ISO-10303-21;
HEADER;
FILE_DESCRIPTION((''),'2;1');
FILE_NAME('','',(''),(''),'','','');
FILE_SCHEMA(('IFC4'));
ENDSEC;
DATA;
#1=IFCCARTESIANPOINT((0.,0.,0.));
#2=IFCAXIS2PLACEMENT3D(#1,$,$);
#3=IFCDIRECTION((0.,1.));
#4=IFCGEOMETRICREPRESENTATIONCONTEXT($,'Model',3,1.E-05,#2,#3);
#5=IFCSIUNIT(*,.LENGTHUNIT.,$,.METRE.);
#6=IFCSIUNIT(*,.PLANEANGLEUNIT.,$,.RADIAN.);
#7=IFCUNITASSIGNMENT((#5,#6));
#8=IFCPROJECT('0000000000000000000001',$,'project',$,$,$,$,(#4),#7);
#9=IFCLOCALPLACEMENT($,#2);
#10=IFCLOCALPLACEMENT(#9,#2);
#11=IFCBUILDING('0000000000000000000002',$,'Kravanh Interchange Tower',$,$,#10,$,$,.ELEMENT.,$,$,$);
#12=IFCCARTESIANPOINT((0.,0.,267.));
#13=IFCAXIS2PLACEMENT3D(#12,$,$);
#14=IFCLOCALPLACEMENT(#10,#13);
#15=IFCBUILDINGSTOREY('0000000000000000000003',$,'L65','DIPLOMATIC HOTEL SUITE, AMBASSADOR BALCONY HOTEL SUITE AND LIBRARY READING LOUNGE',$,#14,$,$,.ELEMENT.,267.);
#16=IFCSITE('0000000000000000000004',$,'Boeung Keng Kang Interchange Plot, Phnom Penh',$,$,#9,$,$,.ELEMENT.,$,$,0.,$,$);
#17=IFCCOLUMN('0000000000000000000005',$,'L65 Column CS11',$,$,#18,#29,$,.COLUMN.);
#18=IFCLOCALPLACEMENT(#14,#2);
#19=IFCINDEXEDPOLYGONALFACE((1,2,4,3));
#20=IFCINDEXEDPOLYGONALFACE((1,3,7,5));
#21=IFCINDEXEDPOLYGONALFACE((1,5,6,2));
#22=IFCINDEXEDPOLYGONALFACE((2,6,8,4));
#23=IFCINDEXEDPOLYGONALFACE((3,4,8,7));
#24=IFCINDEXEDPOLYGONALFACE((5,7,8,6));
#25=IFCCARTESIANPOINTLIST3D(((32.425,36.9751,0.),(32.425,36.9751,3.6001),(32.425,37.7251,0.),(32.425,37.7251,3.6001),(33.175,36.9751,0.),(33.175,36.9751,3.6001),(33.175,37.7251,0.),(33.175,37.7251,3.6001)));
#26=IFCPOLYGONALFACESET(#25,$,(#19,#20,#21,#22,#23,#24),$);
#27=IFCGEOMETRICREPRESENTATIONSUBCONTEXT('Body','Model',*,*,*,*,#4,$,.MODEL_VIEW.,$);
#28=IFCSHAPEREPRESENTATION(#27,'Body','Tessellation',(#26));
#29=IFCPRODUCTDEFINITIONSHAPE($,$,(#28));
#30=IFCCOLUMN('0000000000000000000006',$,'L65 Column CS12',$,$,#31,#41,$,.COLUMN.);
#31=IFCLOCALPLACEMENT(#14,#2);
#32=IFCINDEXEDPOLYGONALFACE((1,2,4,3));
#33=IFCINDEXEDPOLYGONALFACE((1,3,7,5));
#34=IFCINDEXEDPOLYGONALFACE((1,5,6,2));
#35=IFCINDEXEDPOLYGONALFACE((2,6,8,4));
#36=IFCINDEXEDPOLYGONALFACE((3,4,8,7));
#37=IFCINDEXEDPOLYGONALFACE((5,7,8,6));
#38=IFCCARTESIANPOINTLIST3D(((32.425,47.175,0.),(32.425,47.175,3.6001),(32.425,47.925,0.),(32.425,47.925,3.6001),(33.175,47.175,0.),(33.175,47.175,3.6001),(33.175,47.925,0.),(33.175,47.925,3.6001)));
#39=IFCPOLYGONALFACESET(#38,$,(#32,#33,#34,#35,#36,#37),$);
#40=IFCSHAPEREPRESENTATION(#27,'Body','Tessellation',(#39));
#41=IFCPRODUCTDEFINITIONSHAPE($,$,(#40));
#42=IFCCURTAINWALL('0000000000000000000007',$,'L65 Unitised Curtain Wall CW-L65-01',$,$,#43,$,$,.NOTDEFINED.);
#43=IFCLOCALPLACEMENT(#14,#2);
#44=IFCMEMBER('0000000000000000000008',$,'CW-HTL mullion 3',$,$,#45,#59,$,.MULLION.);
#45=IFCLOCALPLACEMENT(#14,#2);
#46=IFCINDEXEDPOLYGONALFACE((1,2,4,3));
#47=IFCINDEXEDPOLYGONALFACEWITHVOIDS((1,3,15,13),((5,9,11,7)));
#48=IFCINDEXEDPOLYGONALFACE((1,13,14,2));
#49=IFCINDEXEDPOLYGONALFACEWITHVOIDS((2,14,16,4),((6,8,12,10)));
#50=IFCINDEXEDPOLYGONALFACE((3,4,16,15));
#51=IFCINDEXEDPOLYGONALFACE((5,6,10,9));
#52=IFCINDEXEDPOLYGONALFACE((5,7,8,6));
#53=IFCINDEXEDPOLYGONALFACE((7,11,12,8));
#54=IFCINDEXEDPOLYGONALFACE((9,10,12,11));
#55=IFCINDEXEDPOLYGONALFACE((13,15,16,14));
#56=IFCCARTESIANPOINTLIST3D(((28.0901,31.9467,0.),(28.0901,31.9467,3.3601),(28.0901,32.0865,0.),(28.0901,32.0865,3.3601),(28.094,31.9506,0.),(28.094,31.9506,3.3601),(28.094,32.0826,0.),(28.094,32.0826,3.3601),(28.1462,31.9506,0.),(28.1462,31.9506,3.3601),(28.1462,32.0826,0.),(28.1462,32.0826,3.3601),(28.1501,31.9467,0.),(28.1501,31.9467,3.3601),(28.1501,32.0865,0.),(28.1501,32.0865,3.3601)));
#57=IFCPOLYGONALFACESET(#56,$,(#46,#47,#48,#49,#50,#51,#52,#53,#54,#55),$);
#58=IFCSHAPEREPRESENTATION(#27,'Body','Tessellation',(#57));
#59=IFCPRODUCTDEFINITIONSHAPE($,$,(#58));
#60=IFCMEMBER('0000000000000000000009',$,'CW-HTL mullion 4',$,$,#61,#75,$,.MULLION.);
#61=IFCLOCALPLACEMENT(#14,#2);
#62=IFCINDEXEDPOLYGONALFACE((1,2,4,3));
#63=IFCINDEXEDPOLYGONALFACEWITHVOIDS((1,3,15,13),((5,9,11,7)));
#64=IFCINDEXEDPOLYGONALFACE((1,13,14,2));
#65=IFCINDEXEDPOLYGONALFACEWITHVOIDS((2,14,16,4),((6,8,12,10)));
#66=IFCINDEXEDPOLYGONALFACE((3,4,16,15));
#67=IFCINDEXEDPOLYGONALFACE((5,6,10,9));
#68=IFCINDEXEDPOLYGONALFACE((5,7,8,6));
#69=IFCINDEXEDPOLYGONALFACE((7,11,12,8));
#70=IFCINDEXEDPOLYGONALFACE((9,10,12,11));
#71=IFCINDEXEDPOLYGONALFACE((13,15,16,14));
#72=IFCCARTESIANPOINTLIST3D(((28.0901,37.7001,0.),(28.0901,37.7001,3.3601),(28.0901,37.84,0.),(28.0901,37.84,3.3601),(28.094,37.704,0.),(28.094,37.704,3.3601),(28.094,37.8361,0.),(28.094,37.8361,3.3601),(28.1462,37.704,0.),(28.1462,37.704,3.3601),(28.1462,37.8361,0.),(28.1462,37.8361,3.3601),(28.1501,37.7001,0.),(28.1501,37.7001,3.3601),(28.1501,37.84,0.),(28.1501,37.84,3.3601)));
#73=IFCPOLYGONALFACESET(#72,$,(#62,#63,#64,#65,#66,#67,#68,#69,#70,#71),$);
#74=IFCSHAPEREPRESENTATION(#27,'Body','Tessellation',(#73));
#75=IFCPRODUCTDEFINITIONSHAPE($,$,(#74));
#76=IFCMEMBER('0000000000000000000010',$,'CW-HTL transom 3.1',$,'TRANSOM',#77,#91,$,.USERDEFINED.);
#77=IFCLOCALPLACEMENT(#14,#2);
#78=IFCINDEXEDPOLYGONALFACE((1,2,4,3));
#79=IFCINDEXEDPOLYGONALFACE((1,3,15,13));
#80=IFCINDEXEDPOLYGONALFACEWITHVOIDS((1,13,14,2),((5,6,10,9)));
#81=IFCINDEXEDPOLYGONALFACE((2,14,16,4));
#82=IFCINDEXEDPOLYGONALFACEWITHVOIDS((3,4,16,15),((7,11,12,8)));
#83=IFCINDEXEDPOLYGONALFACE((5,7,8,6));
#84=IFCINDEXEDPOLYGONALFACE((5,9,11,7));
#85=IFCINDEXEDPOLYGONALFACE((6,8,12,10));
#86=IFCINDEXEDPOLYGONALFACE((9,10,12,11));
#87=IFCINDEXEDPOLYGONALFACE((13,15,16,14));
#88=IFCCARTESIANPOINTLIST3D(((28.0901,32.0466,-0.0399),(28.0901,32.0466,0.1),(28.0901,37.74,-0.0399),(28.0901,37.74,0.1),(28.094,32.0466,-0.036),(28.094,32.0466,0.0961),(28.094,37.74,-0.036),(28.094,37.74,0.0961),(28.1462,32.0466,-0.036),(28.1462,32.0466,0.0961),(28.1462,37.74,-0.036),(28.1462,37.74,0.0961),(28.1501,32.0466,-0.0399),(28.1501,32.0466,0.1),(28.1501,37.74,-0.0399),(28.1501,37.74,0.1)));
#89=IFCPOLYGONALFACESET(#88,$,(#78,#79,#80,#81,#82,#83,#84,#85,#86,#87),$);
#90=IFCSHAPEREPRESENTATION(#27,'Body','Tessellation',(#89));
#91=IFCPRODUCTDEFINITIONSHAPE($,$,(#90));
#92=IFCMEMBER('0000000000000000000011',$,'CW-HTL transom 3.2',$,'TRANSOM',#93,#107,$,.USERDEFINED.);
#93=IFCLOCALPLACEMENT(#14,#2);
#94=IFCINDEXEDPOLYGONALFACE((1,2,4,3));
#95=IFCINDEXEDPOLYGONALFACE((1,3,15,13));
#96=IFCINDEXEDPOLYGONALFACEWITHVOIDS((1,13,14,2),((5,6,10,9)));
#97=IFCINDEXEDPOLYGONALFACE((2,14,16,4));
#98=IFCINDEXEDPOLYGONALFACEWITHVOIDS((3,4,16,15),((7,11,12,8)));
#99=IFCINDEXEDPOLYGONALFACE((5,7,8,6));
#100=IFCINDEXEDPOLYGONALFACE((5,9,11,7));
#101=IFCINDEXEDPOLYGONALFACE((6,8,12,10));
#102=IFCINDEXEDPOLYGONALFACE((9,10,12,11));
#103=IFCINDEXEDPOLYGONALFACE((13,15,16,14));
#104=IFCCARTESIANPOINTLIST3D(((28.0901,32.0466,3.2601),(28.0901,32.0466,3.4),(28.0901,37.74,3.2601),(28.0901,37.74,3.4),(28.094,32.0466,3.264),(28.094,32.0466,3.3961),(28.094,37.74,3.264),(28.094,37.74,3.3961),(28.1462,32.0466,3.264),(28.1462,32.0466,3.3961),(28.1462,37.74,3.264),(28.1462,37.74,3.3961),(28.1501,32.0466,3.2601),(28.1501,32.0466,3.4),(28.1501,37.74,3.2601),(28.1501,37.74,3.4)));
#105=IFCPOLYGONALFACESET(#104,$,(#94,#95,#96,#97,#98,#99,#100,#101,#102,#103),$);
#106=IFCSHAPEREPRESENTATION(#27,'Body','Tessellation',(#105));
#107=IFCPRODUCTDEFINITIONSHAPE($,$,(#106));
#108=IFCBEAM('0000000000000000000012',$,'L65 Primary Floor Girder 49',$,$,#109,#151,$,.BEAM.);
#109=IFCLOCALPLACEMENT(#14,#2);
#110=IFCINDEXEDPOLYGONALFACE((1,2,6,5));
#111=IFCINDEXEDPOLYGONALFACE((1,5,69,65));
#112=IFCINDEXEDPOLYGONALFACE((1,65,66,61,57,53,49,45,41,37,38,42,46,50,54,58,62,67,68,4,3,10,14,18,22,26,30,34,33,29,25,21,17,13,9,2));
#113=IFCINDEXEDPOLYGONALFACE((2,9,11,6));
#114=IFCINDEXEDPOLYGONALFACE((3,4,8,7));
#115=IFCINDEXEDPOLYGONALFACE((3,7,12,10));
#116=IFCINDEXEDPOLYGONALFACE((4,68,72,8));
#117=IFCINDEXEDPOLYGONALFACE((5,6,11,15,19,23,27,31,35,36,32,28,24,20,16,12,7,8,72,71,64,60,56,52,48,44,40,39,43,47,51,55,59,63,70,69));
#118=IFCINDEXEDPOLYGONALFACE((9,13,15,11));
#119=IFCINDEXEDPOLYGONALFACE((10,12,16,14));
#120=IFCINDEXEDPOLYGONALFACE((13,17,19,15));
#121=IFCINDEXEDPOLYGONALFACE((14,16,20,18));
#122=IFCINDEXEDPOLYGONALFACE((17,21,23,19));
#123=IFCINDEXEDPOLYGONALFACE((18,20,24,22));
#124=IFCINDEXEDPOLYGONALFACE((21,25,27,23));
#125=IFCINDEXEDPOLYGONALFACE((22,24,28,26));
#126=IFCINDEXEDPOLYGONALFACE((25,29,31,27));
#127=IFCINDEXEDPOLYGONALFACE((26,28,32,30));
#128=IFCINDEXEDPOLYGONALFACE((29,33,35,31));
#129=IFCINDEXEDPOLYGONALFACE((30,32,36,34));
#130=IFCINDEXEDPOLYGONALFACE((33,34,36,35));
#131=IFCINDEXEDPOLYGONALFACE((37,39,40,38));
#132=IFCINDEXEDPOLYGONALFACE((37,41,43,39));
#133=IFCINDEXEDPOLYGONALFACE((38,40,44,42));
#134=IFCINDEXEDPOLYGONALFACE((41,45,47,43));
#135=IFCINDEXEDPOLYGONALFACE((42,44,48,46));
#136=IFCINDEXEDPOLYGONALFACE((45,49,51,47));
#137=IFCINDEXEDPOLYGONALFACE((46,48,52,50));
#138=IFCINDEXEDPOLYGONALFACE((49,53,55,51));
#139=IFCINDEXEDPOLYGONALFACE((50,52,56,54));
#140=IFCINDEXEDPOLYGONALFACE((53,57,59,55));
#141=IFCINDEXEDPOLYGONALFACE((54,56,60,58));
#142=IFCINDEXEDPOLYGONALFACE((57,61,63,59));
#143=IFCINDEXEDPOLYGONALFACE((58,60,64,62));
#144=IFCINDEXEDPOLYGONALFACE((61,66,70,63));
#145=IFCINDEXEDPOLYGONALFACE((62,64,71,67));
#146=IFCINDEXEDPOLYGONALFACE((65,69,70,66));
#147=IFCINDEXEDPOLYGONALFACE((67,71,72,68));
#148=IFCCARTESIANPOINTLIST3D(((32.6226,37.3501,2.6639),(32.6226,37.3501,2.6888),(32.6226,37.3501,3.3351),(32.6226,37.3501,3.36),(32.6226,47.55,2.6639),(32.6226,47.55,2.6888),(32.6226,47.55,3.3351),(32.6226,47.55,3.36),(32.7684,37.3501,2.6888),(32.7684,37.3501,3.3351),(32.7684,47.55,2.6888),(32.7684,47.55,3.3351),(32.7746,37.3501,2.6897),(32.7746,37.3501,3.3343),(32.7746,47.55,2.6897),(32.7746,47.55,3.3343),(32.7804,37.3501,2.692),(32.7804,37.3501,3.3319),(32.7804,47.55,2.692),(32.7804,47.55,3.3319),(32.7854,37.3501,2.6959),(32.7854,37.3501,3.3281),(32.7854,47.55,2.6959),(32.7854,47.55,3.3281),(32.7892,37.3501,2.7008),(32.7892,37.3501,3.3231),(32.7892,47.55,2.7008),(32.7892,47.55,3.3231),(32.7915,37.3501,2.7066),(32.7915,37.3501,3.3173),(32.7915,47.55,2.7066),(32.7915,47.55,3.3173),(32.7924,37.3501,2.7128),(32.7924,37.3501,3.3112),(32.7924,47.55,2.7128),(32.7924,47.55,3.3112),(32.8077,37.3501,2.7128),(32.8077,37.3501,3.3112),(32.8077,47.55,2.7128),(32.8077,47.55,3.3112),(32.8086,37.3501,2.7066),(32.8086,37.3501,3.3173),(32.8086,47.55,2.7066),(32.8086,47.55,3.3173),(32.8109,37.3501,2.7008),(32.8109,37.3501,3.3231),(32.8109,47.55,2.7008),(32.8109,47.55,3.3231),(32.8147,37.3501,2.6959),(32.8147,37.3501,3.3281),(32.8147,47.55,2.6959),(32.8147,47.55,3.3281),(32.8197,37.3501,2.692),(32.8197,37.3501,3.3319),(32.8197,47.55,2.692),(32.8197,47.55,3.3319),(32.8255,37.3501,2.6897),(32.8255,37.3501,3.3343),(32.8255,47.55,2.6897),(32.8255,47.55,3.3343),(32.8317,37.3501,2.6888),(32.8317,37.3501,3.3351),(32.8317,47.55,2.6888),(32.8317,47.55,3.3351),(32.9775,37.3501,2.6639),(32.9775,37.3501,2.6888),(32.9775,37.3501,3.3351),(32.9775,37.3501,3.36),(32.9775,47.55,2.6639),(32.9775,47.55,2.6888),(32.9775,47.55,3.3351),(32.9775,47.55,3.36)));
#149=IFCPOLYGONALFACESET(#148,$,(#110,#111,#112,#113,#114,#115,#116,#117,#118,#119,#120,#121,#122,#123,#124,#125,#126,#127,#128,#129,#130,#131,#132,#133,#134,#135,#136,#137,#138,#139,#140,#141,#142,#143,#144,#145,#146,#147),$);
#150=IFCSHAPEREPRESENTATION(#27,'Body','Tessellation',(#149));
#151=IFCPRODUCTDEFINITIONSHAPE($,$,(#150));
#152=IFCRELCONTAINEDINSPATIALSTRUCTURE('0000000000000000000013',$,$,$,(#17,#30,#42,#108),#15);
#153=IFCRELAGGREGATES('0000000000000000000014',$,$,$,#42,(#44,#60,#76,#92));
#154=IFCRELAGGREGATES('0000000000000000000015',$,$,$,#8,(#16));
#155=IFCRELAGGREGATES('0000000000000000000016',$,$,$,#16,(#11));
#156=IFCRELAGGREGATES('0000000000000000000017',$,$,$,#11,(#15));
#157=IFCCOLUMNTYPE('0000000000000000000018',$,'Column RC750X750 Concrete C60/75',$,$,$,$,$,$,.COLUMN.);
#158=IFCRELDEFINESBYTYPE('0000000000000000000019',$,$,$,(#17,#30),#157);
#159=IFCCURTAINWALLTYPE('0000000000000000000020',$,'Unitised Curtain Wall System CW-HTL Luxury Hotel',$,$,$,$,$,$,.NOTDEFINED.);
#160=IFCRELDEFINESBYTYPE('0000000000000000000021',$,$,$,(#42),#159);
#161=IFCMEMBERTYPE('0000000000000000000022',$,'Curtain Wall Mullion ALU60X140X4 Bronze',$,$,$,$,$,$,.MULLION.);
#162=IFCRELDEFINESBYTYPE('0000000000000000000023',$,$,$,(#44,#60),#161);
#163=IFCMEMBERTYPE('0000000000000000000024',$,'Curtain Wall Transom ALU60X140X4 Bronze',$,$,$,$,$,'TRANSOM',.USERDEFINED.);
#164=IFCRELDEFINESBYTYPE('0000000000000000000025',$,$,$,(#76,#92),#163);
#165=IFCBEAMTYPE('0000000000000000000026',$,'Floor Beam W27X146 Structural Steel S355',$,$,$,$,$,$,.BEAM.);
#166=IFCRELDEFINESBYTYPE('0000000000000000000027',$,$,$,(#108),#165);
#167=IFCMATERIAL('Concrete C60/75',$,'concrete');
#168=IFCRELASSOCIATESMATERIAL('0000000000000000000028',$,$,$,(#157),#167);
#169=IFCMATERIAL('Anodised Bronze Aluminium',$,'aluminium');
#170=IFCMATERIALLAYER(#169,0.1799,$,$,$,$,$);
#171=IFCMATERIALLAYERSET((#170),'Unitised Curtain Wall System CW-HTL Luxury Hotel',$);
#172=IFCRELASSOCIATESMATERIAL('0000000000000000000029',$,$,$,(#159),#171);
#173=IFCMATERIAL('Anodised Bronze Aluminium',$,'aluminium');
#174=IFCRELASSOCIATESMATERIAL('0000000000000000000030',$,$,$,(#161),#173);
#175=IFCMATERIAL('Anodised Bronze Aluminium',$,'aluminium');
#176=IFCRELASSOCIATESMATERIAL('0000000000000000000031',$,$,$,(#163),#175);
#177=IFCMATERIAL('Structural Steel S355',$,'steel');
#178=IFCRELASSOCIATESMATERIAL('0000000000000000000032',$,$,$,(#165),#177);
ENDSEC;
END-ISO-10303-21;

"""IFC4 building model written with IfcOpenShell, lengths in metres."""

from ifc_helpers import new_model, si_unit, direction, frame, origin, origin_2d, place, context, subcontext, project, spatial, rectangle, hollow_rectangle, i_section, extrude, material, layer, layer_set, material_profile, profile_set, type_object, element, aggregate, save


model = new_model("IFC4")

# Units and contexts
model_context = context("Model", 3, precision=1e-05, world=origin(), true_north=direction((0.0, 1.0)))
body_context = subcontext(model_context, "Body", "Model", "MODEL_VIEW")
ifc_project = project(units=[si_unit("LENGTHUNIT", "METRE"), si_unit("PLANEANGLEUNIT", "RADIAN")], contexts=[model_context])

# Site, building, storey
site_placement = place(None, origin())
site = spatial("IfcSite", under=ifc_project, at=site_placement, Name="Boeung Keng Kang Interchange Plot, Phnom Penh", CompositionType="ELEMENT", RefElevation=0.0)
building_placement = place(site_placement, origin())
building = spatial("IfcBuilding", under=site, at=building_placement, Name="Kravanh Interchange Tower", CompositionType="ELEMENT")
storey_placement = place(building_placement, frame((0.0, 0.0, 267.0)))
storey = spatial("IfcBuildingStorey", under=building, at=storey_placement, Name="L65", Description="DIPLOMATIC HOTEL SUITE, AMBASSADOR BALCONY HOTEL SUITE AND LIBRARY READING LOUNGE", CompositionType="ELEMENT", Elevation=267.0)

# Columns
ifc_material_1 = material(Name="Concrete C60/75", Category="concrete")
ifc_material_profile_1 = material_profile(ifc_material_1, rectangle(XDim=0.75, YDim=0.75, at=origin_2d()), Name="RC750X750")
ifc_profile_set_1 = profile_set([ifc_material_profile_1], Name="Concrete C60/75")
column_type = type_object("IfcColumnType", Name="Column RC750X750 Concrete C60/75", PredefinedType="COLUMN", material=ifc_profile_set_1)
for number, where, z_axis, x_axis, name in (
    (1, (32.8, 37.3501, 0.0), (0.0, 0.0, 1.0), (1.0, 0.0, 0.0), "L65 Column CS11"),
    (2, (32.8, 47.55, 0.0), (0.0, 0.0, 1.0), (1.0, 0.0, 0.0), "L65 Column CS12"),
):
    element("IfcColumn", number, at=place(storey_placement, frame(where, z_axis=z_axis, x_axis=x_axis)), inside=storey, type_object=column_type, Name=name, PredefinedType="COLUMN", context=body_context, shape_type="SweptSolid", body=[
        extrude(rectangle(XDim=0.75, YDim=0.75, at=origin_2d()), origin(), (0.0, 0.0, 1.0), 3.6001),
    ])

# Curtain wall, members
ifc_material_2 = material(Name="Anodised Bronze Aluminium", Category="aluminium")
ifc_layer_1 = layer(ifc_material_2, 0.1799)
ifc_layer_set_1 = layer_set([ifc_layer_1], Name="Unitised Curtain Wall System CW-HTL Luxury Hotel")
curtain_wall_type = type_object("IfcCurtainWallType", Name="Unitised Curtain Wall System CW-HTL Luxury Hotel", PredefinedType="NOTDEFINED", material=ifc_layer_set_1)
curtain_wall_placement = place(storey_placement, origin())
curtain_wall = element("IfcCurtainWall", 3, at=curtain_wall_placement, inside=storey, type_object=curtain_wall_type, Name="L65 Unitised Curtain Wall CW-L65-01", PredefinedType="NOTDEFINED")
ifc_material_3 = material(Name="Anodised Bronze Aluminium", Category="aluminium")
ifc_material_profile_2 = material_profile(ifc_material_3, hollow_rectangle(XDim=0.0601, YDim=0.1399, WallThickness=0.0039, at=origin_2d()), Name="ALU60X140X4")
ifc_profile_set_2 = profile_set([ifc_material_profile_2], Name="Anodised Bronze Aluminium")
member_type_1 = type_object("IfcMemberType", Name="Curtain Wall Mullion ALU60X140X4 Bronze", PredefinedType="MULLION", material=ifc_profile_set_2)
member_1_placement = place(storey_placement, frame((28.1201, 32.0166, 0.0), z_axis=(0.0, 0.0, 1.0), x_axis=(-1.0, 0.0, 0.0)))
member_1 = element("IfcMember", 4, at=member_1_placement, type_object=member_type_1, Name="CW-HTL mullion 3", PredefinedType="MULLION", context=body_context, shape_type="SweptSolid", body=[
    extrude(hollow_rectangle(XDim=0.0601, YDim=0.1399, WallThickness=0.0039, at=origin_2d()), origin(), (0.0, 0.0, 1.0), 3.3601),
])
member_2_placement = place(storey_placement, frame((28.1201, 37.77, 0.0), z_axis=(0.0, 0.0, 1.0), x_axis=(-1.0, 0.0, 0.0)))
member_2 = element("IfcMember", 5, at=member_2_placement, type_object=member_type_1, Name="CW-HTL mullion 4", PredefinedType="MULLION", context=body_context, shape_type="SweptSolid", body=[
    extrude(hollow_rectangle(XDim=0.0601, YDim=0.1399, WallThickness=0.0039, at=origin_2d()), origin(), (0.0, 0.0, 1.0), 3.3601),
])
ifc_material_4 = material(Name="Anodised Bronze Aluminium", Category="aluminium")
ifc_material_profile_3 = material_profile(ifc_material_4, hollow_rectangle(XDim=0.0601, YDim=0.1399, WallThickness=0.0039, at=origin_2d()), Name="ALU60X140X4")
ifc_profile_set_3 = profile_set([ifc_material_profile_3], Name="Anodised Bronze Aluminium")
member_type_2 = type_object("IfcMemberType", Name="Curtain Wall Transom ALU60X140X4 Bronze", ElementType="TRANSOM", PredefinedType="USERDEFINED", material=ifc_profile_set_3)
member_3_placement = place(storey_placement, frame((28.1201, 32.0466, 0.03), z_axis=(0.0, 1.0, 0.0), x_axis=(-1.0, 0.0, 0.0)))
member_3 = element("IfcMember", 6, at=member_3_placement, type_object=member_type_2, Name="CW-HTL transom 3.1", ObjectType="TRANSOM", PredefinedType="USERDEFINED", context=body_context, shape_type="SweptSolid", body=[
    extrude(hollow_rectangle(XDim=0.0601, YDim=0.1399, WallThickness=0.0039, at=origin_2d()), origin(), (0.0, 0.0, 1.0), 5.6934),
])
member_4_placement = place(storey_placement, frame((28.1201, 32.0466, 3.3301), z_axis=(0.0, 1.0, 0.0), x_axis=(-1.0, 0.0, 0.0)))
member_4 = element("IfcMember", 7, at=member_4_placement, type_object=member_type_2, Name="CW-HTL transom 3.2", ObjectType="TRANSOM", PredefinedType="USERDEFINED", context=body_context, shape_type="SweptSolid", body=[
    extrude(hollow_rectangle(XDim=0.0601, YDim=0.1399, WallThickness=0.0039, at=origin_2d()), origin(), (0.0, 0.0, 1.0), 5.6934),
])

# Beam
ifc_material_5 = material(Name="Structural Steel S355", Category="steel")
ifc_material_profile_4 = material_profile(ifc_material_5, i_section(OverallWidth=0.355, OverallDepth=0.696, WebThickness=0.0154, FlangeThickness=0.0249, FilletRadius=0.0239, at=origin_2d()), Name="W27X146")
ifc_profile_set_4 = profile_set([ifc_material_profile_4], Name="Structural Steel S355")
beam_type_1 = type_object("IfcBeamType", Name="Floor Beam W27X146 Structural Steel S355", PredefinedType="BEAM", material=ifc_profile_set_4)
beam_1_placement = place(storey_placement, frame((32.8, 37.3501, 3.012), z_axis=(0.0, 1.0, 0.0), x_axis=(-1.0, 0.0, 0.0)))
element("IfcBeam", 8, at=beam_1_placement, inside=storey, type_object=beam_type_1, Name="L65 Primary Floor Girder 49", PredefinedType="BEAM", context=body_context, shape_type="SweptSolid", body=[
    extrude(i_section(OverallWidth=0.355, OverallDepth=0.696, WebThickness=0.0154, FlangeThickness=0.0249, FilletRadius=0.0239, at=origin_2d()), origin(), (0.0, 0.0, 1.0), 10.2),
])

aggregate(curtain_wall, [member_1, member_2, member_3, member_4])

save(model, "model.ifc")
